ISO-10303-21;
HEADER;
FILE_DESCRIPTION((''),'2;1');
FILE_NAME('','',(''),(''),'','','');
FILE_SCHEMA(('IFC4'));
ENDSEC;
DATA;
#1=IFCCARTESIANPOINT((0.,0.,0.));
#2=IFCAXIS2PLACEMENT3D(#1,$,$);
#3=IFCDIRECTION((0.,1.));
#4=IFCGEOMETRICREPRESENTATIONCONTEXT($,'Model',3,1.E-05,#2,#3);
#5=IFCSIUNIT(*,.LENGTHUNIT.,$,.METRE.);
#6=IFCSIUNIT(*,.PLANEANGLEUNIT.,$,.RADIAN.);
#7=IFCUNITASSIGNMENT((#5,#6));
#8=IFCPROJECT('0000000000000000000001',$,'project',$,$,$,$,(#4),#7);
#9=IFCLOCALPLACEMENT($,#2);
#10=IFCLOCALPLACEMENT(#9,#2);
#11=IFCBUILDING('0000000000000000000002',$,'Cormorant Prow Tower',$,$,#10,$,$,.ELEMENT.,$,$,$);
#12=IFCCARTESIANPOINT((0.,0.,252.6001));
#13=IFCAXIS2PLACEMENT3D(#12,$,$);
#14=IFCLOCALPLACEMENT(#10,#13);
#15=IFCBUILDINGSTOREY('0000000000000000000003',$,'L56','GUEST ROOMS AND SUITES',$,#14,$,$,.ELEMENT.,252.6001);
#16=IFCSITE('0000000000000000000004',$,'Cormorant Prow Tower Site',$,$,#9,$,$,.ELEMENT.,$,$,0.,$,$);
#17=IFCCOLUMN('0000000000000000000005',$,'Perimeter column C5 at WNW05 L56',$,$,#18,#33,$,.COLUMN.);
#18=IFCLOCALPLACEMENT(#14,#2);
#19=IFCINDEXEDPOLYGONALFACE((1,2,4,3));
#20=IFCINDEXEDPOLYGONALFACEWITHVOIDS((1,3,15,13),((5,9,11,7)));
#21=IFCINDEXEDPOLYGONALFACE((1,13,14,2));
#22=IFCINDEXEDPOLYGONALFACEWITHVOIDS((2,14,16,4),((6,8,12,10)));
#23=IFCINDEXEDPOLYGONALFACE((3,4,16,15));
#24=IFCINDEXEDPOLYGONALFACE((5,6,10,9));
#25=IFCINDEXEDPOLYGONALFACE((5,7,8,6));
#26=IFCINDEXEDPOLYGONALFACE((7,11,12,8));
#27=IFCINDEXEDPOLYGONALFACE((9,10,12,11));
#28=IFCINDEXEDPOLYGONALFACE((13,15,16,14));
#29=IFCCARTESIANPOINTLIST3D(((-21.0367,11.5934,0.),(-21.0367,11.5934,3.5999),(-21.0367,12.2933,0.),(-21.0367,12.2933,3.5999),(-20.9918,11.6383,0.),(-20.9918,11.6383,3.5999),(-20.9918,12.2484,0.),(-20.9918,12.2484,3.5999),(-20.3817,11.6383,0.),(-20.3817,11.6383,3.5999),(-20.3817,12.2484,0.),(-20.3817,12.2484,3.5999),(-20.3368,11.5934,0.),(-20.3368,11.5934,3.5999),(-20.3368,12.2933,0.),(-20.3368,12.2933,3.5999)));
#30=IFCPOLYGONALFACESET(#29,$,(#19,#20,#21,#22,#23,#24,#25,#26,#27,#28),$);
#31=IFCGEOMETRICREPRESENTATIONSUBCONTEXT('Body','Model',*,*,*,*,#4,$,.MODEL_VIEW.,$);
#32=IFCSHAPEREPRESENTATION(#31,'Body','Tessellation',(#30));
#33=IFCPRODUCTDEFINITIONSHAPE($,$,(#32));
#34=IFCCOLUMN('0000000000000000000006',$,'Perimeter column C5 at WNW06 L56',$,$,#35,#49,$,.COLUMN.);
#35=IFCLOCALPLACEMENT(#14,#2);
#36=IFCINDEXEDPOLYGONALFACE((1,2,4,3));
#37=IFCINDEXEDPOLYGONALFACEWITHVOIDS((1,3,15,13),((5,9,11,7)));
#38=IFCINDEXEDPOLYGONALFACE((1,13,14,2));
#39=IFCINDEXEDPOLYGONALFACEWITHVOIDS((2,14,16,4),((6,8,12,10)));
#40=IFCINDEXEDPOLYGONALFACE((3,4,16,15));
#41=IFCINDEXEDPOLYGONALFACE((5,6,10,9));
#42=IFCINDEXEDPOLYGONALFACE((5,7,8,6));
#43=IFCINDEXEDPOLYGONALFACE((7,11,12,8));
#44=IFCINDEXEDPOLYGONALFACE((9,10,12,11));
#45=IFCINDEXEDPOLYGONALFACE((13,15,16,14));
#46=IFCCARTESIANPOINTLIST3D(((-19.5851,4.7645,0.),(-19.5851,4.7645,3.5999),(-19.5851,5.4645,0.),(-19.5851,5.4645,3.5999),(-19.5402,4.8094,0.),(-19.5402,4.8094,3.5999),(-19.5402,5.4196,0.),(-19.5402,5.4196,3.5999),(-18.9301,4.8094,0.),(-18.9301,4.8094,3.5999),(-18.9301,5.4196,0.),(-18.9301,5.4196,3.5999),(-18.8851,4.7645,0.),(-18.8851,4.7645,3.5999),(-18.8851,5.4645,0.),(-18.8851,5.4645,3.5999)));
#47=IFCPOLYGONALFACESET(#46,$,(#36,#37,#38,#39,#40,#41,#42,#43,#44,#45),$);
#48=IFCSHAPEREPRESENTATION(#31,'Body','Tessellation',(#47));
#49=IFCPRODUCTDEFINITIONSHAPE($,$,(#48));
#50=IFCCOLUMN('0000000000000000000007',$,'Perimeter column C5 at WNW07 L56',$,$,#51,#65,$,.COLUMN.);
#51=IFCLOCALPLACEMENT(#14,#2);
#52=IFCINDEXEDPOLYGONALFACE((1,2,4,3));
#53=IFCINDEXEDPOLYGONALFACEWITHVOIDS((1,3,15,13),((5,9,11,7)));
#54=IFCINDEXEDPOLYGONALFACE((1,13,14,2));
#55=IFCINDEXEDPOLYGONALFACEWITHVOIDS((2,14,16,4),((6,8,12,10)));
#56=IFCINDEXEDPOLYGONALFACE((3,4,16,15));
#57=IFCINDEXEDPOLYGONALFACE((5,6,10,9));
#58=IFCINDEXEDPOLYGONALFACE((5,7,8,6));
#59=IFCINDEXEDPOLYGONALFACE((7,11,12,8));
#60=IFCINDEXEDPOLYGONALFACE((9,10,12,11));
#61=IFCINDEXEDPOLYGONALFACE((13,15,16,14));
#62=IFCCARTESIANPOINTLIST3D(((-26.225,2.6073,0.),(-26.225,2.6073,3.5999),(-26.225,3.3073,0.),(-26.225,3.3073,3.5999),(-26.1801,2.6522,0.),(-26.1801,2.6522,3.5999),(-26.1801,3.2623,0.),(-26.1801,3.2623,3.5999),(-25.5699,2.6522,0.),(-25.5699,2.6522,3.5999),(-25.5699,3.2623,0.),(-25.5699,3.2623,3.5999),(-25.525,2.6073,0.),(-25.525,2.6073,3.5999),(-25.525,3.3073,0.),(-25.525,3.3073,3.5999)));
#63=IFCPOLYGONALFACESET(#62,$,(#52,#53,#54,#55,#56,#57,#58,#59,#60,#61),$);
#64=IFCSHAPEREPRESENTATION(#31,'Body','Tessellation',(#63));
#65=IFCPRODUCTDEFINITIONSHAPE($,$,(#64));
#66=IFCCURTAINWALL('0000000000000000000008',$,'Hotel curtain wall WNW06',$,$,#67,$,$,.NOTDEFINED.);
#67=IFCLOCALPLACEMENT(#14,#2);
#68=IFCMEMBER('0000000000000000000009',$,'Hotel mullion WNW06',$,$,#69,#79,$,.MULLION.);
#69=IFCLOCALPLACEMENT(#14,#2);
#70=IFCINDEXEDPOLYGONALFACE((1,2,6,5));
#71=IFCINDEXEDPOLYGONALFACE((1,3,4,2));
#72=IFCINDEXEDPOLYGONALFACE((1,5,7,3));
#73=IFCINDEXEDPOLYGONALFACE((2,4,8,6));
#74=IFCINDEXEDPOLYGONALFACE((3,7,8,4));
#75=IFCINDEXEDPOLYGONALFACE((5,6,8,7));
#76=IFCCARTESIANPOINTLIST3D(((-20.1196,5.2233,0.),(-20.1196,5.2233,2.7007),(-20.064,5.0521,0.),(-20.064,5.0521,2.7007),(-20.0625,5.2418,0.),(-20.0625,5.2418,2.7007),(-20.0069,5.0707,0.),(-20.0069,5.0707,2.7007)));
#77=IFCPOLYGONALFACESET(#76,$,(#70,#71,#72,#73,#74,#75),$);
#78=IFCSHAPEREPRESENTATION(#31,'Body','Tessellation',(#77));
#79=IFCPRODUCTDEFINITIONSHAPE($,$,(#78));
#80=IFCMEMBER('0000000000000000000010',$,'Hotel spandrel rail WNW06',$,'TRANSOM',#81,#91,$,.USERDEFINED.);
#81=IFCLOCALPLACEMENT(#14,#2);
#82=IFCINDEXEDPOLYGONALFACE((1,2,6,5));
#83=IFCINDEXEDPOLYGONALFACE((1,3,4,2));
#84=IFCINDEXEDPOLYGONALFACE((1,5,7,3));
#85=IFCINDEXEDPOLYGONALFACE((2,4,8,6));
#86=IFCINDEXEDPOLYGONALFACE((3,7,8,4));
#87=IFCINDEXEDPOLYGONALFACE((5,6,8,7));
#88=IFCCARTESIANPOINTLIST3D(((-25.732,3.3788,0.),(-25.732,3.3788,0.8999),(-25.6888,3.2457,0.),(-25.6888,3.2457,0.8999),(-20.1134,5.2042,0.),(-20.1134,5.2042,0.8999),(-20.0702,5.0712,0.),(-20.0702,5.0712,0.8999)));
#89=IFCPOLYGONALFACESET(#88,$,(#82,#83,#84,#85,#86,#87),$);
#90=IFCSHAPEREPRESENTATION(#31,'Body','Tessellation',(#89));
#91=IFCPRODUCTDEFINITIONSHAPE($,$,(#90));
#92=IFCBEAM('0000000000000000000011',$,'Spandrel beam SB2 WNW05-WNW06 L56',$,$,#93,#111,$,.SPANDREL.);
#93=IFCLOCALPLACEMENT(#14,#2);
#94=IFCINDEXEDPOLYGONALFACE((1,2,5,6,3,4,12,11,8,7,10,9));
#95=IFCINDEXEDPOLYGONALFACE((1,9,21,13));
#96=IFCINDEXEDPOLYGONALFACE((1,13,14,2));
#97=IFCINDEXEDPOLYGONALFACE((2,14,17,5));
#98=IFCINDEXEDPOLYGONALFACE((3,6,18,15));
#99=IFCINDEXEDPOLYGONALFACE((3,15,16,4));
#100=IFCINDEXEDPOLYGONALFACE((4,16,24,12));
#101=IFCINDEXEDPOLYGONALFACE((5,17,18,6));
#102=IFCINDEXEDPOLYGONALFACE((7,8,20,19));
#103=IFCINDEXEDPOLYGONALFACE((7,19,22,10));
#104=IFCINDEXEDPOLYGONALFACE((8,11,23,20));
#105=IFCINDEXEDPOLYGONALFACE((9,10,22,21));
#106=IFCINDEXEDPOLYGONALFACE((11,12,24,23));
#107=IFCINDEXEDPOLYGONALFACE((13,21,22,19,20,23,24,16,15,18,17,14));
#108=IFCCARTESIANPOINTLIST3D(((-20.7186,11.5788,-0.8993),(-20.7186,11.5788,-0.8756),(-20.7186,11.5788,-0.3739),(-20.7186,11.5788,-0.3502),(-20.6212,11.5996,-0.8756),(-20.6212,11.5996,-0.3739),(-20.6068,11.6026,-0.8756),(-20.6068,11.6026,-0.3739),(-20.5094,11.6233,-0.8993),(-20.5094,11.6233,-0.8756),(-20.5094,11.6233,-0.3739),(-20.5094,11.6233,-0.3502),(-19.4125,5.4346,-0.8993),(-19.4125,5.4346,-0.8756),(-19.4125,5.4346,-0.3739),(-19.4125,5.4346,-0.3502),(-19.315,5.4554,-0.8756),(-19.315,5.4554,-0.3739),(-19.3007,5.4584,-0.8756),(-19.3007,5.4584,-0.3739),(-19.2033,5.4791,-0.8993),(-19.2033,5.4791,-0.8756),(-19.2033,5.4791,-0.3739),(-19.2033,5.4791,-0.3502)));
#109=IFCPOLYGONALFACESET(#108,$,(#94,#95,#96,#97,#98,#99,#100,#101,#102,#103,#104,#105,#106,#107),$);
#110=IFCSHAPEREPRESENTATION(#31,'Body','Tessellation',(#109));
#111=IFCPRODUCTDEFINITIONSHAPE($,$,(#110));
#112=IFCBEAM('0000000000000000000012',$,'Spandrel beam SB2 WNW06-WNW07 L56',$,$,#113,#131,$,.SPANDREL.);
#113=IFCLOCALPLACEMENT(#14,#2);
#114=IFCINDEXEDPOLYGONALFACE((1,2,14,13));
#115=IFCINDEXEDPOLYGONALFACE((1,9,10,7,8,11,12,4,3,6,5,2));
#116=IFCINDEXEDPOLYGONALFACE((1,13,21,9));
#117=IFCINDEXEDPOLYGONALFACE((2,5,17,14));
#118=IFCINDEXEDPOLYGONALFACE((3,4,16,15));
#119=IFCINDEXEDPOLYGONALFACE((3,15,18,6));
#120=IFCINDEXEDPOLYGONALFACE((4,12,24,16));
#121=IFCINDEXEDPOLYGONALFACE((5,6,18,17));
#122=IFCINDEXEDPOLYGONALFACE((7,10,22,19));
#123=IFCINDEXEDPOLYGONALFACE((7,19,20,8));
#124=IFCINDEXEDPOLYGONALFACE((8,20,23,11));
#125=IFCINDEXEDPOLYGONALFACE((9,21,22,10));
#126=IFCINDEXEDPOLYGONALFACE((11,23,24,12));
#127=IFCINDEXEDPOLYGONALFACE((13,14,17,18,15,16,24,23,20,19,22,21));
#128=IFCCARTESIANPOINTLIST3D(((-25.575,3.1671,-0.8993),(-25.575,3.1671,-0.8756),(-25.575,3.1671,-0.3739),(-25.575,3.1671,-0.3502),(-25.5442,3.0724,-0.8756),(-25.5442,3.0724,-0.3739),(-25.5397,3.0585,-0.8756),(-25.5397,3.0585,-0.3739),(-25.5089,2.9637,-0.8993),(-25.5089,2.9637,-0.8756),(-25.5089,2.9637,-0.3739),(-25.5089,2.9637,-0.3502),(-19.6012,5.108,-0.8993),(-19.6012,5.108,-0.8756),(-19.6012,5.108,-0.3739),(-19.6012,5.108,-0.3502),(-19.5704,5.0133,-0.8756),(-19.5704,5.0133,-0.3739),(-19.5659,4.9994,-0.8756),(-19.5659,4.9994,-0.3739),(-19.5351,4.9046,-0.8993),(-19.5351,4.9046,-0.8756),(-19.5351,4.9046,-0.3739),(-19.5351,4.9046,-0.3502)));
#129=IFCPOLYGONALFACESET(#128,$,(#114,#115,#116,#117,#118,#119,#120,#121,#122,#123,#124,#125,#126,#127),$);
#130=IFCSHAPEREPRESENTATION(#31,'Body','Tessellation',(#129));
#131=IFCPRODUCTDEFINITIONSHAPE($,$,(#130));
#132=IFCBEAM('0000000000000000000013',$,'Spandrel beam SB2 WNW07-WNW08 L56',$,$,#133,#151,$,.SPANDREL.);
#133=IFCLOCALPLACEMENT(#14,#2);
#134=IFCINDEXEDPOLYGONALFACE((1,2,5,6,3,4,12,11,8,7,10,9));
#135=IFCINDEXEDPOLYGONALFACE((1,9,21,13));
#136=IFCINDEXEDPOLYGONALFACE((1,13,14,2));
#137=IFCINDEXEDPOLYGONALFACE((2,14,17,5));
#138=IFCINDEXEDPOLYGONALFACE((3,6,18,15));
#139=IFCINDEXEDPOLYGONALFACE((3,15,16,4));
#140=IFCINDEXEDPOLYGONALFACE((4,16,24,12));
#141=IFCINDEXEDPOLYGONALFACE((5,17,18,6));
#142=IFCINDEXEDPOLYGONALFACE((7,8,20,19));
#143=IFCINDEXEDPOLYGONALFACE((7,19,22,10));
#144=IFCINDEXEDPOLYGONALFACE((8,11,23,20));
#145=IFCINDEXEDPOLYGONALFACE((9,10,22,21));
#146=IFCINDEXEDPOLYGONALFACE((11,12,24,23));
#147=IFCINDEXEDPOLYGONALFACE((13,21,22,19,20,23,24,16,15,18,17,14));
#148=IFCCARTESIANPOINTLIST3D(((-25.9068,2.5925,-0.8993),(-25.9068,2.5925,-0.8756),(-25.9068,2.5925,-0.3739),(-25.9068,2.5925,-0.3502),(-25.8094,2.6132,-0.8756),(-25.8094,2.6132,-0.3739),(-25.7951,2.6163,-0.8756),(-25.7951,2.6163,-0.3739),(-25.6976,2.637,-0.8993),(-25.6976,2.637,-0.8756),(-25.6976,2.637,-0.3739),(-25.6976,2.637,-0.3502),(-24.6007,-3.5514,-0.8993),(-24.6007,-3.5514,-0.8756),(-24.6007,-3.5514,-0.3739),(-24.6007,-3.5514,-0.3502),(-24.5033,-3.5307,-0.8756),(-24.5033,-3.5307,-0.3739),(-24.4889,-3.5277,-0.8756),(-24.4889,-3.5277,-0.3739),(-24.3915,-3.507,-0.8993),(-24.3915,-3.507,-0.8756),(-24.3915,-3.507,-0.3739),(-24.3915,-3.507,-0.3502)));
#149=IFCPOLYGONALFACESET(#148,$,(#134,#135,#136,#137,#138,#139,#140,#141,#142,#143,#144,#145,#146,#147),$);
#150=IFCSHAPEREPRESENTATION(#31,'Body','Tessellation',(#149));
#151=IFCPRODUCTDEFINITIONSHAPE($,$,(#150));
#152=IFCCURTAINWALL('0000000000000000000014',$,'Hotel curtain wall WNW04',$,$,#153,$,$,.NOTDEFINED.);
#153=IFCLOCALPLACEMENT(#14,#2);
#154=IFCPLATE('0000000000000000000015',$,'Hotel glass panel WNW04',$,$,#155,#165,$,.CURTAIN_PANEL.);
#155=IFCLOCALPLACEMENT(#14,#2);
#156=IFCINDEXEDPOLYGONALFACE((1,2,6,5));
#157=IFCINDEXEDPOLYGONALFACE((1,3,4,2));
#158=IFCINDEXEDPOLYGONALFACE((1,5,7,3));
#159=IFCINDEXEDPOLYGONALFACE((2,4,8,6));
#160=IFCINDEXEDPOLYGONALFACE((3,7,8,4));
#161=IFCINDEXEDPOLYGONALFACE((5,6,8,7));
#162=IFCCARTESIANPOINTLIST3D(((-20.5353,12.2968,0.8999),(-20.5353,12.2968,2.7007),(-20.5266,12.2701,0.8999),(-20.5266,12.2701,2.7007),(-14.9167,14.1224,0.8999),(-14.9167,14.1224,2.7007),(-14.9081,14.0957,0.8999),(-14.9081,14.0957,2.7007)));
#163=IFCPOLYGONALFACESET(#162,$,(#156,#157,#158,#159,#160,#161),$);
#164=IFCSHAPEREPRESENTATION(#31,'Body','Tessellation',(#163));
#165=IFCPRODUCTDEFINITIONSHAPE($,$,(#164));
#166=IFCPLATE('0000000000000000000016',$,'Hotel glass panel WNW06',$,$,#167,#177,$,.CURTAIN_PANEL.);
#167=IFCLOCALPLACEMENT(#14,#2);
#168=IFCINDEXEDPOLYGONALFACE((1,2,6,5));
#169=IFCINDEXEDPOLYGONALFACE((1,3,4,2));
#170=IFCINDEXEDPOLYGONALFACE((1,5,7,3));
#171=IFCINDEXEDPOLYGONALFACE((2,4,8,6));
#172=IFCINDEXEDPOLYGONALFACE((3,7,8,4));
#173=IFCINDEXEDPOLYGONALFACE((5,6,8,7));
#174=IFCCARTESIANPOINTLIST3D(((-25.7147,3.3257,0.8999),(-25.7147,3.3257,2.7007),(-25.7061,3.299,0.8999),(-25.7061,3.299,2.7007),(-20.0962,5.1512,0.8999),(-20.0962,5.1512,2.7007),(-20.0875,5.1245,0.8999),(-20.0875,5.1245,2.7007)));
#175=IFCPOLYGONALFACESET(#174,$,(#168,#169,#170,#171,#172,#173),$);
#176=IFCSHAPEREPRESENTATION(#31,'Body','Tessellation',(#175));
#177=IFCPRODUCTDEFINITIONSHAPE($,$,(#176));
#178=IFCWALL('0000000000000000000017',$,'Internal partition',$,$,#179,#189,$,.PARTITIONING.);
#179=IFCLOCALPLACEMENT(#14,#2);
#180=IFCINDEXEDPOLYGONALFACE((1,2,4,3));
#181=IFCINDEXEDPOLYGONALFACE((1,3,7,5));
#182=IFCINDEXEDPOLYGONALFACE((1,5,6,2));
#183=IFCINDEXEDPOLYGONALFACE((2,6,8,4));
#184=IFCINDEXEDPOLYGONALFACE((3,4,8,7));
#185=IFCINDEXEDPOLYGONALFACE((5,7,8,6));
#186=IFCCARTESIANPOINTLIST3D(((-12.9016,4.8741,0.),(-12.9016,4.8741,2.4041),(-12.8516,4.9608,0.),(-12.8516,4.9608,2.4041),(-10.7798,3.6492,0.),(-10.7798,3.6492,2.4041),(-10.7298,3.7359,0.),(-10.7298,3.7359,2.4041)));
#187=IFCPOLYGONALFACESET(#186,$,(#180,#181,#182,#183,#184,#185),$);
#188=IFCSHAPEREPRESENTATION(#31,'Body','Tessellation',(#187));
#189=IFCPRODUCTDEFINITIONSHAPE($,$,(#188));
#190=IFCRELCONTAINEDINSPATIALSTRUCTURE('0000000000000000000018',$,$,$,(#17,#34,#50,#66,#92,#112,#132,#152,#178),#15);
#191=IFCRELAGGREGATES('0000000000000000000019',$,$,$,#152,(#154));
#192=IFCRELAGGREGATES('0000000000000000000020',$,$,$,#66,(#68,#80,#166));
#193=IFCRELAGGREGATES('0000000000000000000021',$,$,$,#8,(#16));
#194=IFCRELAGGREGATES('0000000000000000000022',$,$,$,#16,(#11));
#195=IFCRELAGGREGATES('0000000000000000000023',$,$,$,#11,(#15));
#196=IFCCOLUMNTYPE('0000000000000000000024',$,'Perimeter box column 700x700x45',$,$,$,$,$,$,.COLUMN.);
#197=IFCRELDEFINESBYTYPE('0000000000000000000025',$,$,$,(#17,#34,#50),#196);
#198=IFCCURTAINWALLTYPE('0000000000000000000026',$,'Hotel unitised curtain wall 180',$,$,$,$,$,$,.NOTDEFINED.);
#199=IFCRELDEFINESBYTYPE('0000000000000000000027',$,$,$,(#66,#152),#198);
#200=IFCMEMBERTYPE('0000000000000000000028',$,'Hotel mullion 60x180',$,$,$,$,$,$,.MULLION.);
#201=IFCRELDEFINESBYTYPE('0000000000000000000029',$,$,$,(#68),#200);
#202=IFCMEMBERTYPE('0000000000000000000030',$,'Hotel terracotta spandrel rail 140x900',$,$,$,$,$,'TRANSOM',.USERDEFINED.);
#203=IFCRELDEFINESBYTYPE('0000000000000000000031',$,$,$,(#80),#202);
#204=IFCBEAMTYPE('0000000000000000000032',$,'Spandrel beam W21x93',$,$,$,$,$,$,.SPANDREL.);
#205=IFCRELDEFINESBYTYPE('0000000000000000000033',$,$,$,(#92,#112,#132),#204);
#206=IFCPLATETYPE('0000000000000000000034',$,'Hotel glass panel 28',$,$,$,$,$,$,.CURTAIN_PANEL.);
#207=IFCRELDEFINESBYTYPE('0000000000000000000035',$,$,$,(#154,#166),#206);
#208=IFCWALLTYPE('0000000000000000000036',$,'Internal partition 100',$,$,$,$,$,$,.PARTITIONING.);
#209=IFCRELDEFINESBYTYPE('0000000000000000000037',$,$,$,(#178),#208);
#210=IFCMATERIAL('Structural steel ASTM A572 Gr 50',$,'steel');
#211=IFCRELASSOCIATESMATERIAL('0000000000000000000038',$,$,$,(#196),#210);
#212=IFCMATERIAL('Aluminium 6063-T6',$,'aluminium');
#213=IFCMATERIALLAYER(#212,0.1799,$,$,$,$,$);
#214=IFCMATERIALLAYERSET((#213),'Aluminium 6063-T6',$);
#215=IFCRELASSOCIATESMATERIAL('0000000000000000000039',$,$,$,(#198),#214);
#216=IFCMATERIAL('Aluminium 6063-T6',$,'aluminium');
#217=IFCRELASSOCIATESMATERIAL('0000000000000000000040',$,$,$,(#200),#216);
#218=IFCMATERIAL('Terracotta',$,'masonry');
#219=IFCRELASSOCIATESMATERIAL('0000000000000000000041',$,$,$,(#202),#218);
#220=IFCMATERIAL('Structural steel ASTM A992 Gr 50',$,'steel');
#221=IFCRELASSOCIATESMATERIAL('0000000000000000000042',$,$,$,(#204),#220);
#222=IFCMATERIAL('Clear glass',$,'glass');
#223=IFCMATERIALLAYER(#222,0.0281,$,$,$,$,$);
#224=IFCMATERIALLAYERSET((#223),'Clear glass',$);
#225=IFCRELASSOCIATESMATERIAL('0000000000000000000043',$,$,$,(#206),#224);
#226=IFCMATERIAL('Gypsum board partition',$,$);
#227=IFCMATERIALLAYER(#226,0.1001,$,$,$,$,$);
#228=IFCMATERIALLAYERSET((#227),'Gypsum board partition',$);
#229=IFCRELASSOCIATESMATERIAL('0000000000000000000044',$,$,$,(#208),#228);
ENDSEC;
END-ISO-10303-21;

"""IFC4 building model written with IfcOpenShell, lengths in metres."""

from ifc_helpers import new_model, si_unit, direction, frame, frame_2d, origin, origin_2d, place, context, subcontext, project, spatial, rectangle, hollow_rectangle, i_section, extrude, material, layer, layer_set, material_profile, profile_set, type_object, element, aggregate, save


model = new_model("IFC4")

# Units and contexts
model_context = context("Model", 3, precision=1e-05, world=origin(), true_north=direction((0.0, 1.0)))
body_context = subcontext(model_context, "Body", "Model", "MODEL_VIEW")
ifc_project = project(units=[si_unit("LENGTHUNIT", "METRE"), si_unit("PLANEANGLEUNIT", "RADIAN")], contexts=[model_context])

# Site, building, storey
site_placement = place(None, origin())
site = spatial("IfcSite", under=ifc_project, at=site_placement, Name="Cormorant Prow Tower Site", CompositionType="ELEMENT", RefElevation=0.0)
building_placement = place(site_placement, origin())
building = spatial("IfcBuilding", under=site, at=building_placement, Name="Cormorant Prow Tower", CompositionType="ELEMENT")
storey_placement = place(building_placement, frame((0.0, 0.0, 252.6001)))
storey = spatial("IfcBuildingStorey", under=building, at=storey_placement, Name="L56", Description="GUEST ROOMS AND SUITES", CompositionType="ELEMENT", Elevation=252.6001)

# Columns
ifc_material_1 = material(Name="Structural steel ASTM A572 Gr 50", Category="steel")
ifc_material_profile_1 = material_profile(ifc_material_1, hollow_rectangle(XDim=0.7, YDim=0.7, WallThickness=0.0449, at=origin_2d()), Name="Box 700x700x45")
ifc_profile_set_1 = profile_set([ifc_material_profile_1], Name="Structural steel ASTM A572 Gr 50")
column_type = type_object("IfcColumnType", Name="Perimeter box column 700x700x45", PredefinedType="COLUMN", material=ifc_profile_set_1)
for number, where, z_axis, x_axis, name in (
    (1, (-20.6868, 11.9434, 0.0), (0.0, 0.0, 1.0), (1.0, 0.0, 0.0), "Perimeter column C5 at WNW05 L56"),
    (2, (-19.2351, 5.1145, 0.0), (0.0, 0.0, 1.0), (1.0, 0.0, 0.0), "Perimeter column C5 at WNW06 L56"),
    (3, (-25.875, 2.9573, 0.0), (0.0, 0.0, 1.0), (1.0, 0.0, 0.0), "Perimeter column C5 at WNW07 L56"),
):
    element("IfcColumn", number, at=place(storey_placement, frame(where, z_axis=z_axis, x_axis=x_axis)), inside=storey, type_object=column_type, Name=name, PredefinedType="COLUMN", context=body_context, shape_type="SweptSolid", body=[
        extrude(hollow_rectangle(XDim=0.7, YDim=0.7, WallThickness=0.0449, at=origin_2d()), origin(), (0.0, 0.0, 1.0), 3.5999),
    ])

# Curtain wall, members
ifc_material_2 = material(Name="Aluminium 6063-T6", Category="aluminium")
ifc_layer_1 = layer(ifc_material_2, 0.1799)
ifc_layer_set_1 = layer_set([ifc_layer_1], Name="Aluminium 6063-T6")
curtain_wall_type = type_object("IfcCurtainWallType", Name="Hotel unitised curtain wall 180", PredefinedType="NOTDEFINED", material=ifc_layer_set_1)
curtain_wall_1_placement = place(storey_placement, origin())
curtain_wall_1 = element("IfcCurtainWall", 4, at=curtain_wall_1_placement, inside=storey, type_object=curtain_wall_type, Name="Hotel curtain wall WNW06", PredefinedType="NOTDEFINED")
ifc_material_3 = material(Name="Aluminium 6063-T6", Category="aluminium")
ifc_material_profile_2 = material_profile(ifc_material_3, rectangle(XDim=0.1799, YDim=0.0601, at=origin_2d()), Name="Hotel mullion 60x180")
ifc_profile_set_2 = profile_set([ifc_material_profile_2], Name="Aluminium 6063-T6")
member_type_1 = type_object("IfcMemberType", Name="Hotel mullion 60x180", PredefinedType="MULLION", material=ifc_profile_set_2)
member_1_placement = place(storey_placement, frame((-20.0632, 5.147, 0.0), z_axis=(0.0, 0.0, 1.0), x_axis=(0.309017, -0.951057, 0.0)))
member_1 = element("IfcMember", 5, at=member_1_placement, type_object=member_type_1, Name="Hotel mullion WNW06", PredefinedType="MULLION", context=body_context, shape_type="SweptSolid", body=[
    extrude(rectangle(XDim=0.1799, YDim=0.0601, at=origin_2d()), origin(), (0.0, 0.0, 1.0), 2.7007),
])
ifc_material_4 = material(Name="Terracotta", Category="masonry")
ifc_material_profile_3 = material_profile(ifc_material_4, rectangle(XDim=0.1399, YDim=0.8999, at=origin_2d()), Name="Hotel terracotta spandrel rail 140x900")
ifc_profile_set_3 = profile_set([ifc_material_profile_3], Name="Terracotta")
member_type_2 = type_object("IfcMemberType", Name="Hotel terracotta spandrel rail 140x900", ElementType="TRANSOM", PredefinedType="USERDEFINED", material=ifc_profile_set_3)
member_2_placement = place(storey_placement, frame((-20.0918, 5.1377, 0.45), z_axis=(-0.951065, -0.308991, 0.0), x_axis=(0.308991, -0.951065, 0.0)))
member_2 = element("IfcMember", 6, at=member_2_placement, type_object=member_type_2, Name="Hotel spandrel rail WNW06", ObjectType="TRANSOM", PredefinedType="USERDEFINED", context=body_context, shape_type="SweptSolid", body=[
    extrude(rectangle(XDim=0.1399, YDim=0.8999, at=origin_2d()), origin(), (0.0, 0.0, 1.0), 5.9077),
])

# Beams
ifc_material_5 = material(Name="Structural steel ASTM A992 Gr 50", Category="steel")
ifc_material_profile_4 = material_profile(ifc_material_5, i_section(OverallWidth=0.2139, OverallDepth=0.5491, WebThickness=0.0146, FlangeThickness=0.0237, at=origin_2d()), Name="W21x93")
ifc_profile_set_4 = profile_set([ifc_material_profile_4], Name="Structural steel ASTM A992 Gr 50")
beam_type = type_object("IfcBeamType", Name="Spandrel beam W21x93", PredefinedType="SPANDREL", material=ifc_profile_set_4)
beam_placement = place(storey_placement, frame((-20.614, 11.6011, -0.6248), z_axis=(0.207934, -0.978143, 0.0), x_axis=(0.978143, 0.207934, 0.0)))
element("IfcBeam", 7, at=beam_placement, inside=storey, type_object=beam_type, Name="Spandrel beam SB2 WNW05-WNW06 L56", PredefinedType="SPANDREL", context=body_context, shape_type="SweptSolid", body=[
    extrude(i_section(OverallWidth=0.2139, OverallDepth=0.5491, WebThickness=0.0146, FlangeThickness=0.0237, at=origin_2d()), origin(), (0.0, 0.0, 1.0), 6.2815),
])
for number, where, z_axis, x_axis, name in (
    (8, (-19.5681, 5.0063, -0.6248), (-0.951062, -0.309001, 0.0), (0.309001, -0.951062, 0.0), "Spandrel beam SB2 WNW06-WNW07 L56"),
    (9, (-25.8022, 2.6147, -0.6248), (0.207941, -0.978141, 0.0), (0.978141, 0.207941, 0.0), "Spandrel beam SB2 WNW07-WNW08 L56"),
):
    element("IfcBeam", number, at=place(storey_placement, frame(where, z_axis=z_axis, x_axis=x_axis)), inside=storey, type_object=beam_type, Name=name, PredefinedType="SPANDREL", context=body_context, shape_type="SweptSolid", body=[
        extrude(i_section(OverallWidth=0.2139, OverallDepth=0.5491, WebThickness=0.0146, FlangeThickness=0.0237, at=origin_2d()), origin(), (0.0, 0.0, 1.0), 6.2812),
    ])

# Curtain wall, plate
curtain_wall_2_placement = place(storey_placement, origin())
curtain_wall_2 = element("IfcCurtainWall", 10, at=curtain_wall_2_placement, inside=storey, type_object=curtain_wall_type, Name="Hotel curtain wall WNW04", PredefinedType="NOTDEFINED")
ifc_material_6 = material(Name="Clear glass", Category="glass")
ifc_layer_2 = layer(ifc_material_6, 0.0281)
ifc_layer_set_2 = layer_set([ifc_layer_2], Name="Clear glass")
plate_type = type_object("IfcPlateType", Name="Hotel glass panel 28", PredefinedType="CURTAIN_PANEL", material=ifc_layer_set_2)
plate_1_placement = place(storey_placement, frame((-17.7217, 13.1963, 0.8999), z_axis=(0.0, 0.0, 1.0), x_axis=(-0.951056, -0.309017, 0.0)))
plate_1 = element("IfcPlate", 11, at=plate_1_placement, type_object=plate_type, Name="Hotel glass panel WNW04", PredefinedType="CURTAIN_PANEL", context=body_context, shape_type="SweptSolid", body=[
    extrude(rectangle(XDim=5.9077, YDim=0.0281, at=origin_2d()), origin(), (0.0, 0.0, 1.0), 1.8008),
])
aggregate(curtain_wall_2, [plate_1])

# Plate
plate_2_placement = place(storey_placement, frame((-22.9011, 4.2251, 0.8999), z_axis=(0.0, 0.0, 1.0), x_axis=(-0.951057, -0.309017, 0.0)))
plate_2 = element("IfcPlate", 12, at=plate_2_placement, type_object=plate_type, Name="Hotel glass panel WNW06", PredefinedType="CURTAIN_PANEL", context=body_context, shape_type="SweptSolid", body=[
    extrude(rectangle(XDim=5.9077, YDim=0.0281, at=origin_2d()), origin(), (0.0, 0.0, 1.0), 1.8008),
])
aggregate(curtain_wall_1, [member_1, member_2, plate_2])

# Wall
ifc_material_7 = material(Name="Gypsum board partition")
ifc_layer_3 = layer(ifc_material_7, 0.1001)
ifc_layer_set_3 = layer_set([ifc_layer_3], Name="Gypsum board partition")
wall_type_1 = type_object("IfcWallType", Name="Internal partition 100", PredefinedType="PARTITIONING", material=ifc_layer_set_3)
for number, where, z_axis, x_axis, name in (
    (13, (-12.8767, 4.9175, 0.0), (0.0, 0.0, 1.0), (0.866058, -0.499944, 0.0), "Internal partition"),
):
    element("IfcWall", number, at=place(storey_placement, frame(where, z_axis=z_axis, x_axis=x_axis)), inside=storey, type_object=wall_type_1, Name=name, PredefinedType="PARTITIONING", context=body_context, shape_type="SweptSolid", body=[
        extrude(rectangle(XDim=2.45, YDim=0.1001, at=frame_2d((1.2251, 0.0))), origin(), (0.0, 0.0, 1.0), 2.4041),
    ])

save(model, "model.ifc")
